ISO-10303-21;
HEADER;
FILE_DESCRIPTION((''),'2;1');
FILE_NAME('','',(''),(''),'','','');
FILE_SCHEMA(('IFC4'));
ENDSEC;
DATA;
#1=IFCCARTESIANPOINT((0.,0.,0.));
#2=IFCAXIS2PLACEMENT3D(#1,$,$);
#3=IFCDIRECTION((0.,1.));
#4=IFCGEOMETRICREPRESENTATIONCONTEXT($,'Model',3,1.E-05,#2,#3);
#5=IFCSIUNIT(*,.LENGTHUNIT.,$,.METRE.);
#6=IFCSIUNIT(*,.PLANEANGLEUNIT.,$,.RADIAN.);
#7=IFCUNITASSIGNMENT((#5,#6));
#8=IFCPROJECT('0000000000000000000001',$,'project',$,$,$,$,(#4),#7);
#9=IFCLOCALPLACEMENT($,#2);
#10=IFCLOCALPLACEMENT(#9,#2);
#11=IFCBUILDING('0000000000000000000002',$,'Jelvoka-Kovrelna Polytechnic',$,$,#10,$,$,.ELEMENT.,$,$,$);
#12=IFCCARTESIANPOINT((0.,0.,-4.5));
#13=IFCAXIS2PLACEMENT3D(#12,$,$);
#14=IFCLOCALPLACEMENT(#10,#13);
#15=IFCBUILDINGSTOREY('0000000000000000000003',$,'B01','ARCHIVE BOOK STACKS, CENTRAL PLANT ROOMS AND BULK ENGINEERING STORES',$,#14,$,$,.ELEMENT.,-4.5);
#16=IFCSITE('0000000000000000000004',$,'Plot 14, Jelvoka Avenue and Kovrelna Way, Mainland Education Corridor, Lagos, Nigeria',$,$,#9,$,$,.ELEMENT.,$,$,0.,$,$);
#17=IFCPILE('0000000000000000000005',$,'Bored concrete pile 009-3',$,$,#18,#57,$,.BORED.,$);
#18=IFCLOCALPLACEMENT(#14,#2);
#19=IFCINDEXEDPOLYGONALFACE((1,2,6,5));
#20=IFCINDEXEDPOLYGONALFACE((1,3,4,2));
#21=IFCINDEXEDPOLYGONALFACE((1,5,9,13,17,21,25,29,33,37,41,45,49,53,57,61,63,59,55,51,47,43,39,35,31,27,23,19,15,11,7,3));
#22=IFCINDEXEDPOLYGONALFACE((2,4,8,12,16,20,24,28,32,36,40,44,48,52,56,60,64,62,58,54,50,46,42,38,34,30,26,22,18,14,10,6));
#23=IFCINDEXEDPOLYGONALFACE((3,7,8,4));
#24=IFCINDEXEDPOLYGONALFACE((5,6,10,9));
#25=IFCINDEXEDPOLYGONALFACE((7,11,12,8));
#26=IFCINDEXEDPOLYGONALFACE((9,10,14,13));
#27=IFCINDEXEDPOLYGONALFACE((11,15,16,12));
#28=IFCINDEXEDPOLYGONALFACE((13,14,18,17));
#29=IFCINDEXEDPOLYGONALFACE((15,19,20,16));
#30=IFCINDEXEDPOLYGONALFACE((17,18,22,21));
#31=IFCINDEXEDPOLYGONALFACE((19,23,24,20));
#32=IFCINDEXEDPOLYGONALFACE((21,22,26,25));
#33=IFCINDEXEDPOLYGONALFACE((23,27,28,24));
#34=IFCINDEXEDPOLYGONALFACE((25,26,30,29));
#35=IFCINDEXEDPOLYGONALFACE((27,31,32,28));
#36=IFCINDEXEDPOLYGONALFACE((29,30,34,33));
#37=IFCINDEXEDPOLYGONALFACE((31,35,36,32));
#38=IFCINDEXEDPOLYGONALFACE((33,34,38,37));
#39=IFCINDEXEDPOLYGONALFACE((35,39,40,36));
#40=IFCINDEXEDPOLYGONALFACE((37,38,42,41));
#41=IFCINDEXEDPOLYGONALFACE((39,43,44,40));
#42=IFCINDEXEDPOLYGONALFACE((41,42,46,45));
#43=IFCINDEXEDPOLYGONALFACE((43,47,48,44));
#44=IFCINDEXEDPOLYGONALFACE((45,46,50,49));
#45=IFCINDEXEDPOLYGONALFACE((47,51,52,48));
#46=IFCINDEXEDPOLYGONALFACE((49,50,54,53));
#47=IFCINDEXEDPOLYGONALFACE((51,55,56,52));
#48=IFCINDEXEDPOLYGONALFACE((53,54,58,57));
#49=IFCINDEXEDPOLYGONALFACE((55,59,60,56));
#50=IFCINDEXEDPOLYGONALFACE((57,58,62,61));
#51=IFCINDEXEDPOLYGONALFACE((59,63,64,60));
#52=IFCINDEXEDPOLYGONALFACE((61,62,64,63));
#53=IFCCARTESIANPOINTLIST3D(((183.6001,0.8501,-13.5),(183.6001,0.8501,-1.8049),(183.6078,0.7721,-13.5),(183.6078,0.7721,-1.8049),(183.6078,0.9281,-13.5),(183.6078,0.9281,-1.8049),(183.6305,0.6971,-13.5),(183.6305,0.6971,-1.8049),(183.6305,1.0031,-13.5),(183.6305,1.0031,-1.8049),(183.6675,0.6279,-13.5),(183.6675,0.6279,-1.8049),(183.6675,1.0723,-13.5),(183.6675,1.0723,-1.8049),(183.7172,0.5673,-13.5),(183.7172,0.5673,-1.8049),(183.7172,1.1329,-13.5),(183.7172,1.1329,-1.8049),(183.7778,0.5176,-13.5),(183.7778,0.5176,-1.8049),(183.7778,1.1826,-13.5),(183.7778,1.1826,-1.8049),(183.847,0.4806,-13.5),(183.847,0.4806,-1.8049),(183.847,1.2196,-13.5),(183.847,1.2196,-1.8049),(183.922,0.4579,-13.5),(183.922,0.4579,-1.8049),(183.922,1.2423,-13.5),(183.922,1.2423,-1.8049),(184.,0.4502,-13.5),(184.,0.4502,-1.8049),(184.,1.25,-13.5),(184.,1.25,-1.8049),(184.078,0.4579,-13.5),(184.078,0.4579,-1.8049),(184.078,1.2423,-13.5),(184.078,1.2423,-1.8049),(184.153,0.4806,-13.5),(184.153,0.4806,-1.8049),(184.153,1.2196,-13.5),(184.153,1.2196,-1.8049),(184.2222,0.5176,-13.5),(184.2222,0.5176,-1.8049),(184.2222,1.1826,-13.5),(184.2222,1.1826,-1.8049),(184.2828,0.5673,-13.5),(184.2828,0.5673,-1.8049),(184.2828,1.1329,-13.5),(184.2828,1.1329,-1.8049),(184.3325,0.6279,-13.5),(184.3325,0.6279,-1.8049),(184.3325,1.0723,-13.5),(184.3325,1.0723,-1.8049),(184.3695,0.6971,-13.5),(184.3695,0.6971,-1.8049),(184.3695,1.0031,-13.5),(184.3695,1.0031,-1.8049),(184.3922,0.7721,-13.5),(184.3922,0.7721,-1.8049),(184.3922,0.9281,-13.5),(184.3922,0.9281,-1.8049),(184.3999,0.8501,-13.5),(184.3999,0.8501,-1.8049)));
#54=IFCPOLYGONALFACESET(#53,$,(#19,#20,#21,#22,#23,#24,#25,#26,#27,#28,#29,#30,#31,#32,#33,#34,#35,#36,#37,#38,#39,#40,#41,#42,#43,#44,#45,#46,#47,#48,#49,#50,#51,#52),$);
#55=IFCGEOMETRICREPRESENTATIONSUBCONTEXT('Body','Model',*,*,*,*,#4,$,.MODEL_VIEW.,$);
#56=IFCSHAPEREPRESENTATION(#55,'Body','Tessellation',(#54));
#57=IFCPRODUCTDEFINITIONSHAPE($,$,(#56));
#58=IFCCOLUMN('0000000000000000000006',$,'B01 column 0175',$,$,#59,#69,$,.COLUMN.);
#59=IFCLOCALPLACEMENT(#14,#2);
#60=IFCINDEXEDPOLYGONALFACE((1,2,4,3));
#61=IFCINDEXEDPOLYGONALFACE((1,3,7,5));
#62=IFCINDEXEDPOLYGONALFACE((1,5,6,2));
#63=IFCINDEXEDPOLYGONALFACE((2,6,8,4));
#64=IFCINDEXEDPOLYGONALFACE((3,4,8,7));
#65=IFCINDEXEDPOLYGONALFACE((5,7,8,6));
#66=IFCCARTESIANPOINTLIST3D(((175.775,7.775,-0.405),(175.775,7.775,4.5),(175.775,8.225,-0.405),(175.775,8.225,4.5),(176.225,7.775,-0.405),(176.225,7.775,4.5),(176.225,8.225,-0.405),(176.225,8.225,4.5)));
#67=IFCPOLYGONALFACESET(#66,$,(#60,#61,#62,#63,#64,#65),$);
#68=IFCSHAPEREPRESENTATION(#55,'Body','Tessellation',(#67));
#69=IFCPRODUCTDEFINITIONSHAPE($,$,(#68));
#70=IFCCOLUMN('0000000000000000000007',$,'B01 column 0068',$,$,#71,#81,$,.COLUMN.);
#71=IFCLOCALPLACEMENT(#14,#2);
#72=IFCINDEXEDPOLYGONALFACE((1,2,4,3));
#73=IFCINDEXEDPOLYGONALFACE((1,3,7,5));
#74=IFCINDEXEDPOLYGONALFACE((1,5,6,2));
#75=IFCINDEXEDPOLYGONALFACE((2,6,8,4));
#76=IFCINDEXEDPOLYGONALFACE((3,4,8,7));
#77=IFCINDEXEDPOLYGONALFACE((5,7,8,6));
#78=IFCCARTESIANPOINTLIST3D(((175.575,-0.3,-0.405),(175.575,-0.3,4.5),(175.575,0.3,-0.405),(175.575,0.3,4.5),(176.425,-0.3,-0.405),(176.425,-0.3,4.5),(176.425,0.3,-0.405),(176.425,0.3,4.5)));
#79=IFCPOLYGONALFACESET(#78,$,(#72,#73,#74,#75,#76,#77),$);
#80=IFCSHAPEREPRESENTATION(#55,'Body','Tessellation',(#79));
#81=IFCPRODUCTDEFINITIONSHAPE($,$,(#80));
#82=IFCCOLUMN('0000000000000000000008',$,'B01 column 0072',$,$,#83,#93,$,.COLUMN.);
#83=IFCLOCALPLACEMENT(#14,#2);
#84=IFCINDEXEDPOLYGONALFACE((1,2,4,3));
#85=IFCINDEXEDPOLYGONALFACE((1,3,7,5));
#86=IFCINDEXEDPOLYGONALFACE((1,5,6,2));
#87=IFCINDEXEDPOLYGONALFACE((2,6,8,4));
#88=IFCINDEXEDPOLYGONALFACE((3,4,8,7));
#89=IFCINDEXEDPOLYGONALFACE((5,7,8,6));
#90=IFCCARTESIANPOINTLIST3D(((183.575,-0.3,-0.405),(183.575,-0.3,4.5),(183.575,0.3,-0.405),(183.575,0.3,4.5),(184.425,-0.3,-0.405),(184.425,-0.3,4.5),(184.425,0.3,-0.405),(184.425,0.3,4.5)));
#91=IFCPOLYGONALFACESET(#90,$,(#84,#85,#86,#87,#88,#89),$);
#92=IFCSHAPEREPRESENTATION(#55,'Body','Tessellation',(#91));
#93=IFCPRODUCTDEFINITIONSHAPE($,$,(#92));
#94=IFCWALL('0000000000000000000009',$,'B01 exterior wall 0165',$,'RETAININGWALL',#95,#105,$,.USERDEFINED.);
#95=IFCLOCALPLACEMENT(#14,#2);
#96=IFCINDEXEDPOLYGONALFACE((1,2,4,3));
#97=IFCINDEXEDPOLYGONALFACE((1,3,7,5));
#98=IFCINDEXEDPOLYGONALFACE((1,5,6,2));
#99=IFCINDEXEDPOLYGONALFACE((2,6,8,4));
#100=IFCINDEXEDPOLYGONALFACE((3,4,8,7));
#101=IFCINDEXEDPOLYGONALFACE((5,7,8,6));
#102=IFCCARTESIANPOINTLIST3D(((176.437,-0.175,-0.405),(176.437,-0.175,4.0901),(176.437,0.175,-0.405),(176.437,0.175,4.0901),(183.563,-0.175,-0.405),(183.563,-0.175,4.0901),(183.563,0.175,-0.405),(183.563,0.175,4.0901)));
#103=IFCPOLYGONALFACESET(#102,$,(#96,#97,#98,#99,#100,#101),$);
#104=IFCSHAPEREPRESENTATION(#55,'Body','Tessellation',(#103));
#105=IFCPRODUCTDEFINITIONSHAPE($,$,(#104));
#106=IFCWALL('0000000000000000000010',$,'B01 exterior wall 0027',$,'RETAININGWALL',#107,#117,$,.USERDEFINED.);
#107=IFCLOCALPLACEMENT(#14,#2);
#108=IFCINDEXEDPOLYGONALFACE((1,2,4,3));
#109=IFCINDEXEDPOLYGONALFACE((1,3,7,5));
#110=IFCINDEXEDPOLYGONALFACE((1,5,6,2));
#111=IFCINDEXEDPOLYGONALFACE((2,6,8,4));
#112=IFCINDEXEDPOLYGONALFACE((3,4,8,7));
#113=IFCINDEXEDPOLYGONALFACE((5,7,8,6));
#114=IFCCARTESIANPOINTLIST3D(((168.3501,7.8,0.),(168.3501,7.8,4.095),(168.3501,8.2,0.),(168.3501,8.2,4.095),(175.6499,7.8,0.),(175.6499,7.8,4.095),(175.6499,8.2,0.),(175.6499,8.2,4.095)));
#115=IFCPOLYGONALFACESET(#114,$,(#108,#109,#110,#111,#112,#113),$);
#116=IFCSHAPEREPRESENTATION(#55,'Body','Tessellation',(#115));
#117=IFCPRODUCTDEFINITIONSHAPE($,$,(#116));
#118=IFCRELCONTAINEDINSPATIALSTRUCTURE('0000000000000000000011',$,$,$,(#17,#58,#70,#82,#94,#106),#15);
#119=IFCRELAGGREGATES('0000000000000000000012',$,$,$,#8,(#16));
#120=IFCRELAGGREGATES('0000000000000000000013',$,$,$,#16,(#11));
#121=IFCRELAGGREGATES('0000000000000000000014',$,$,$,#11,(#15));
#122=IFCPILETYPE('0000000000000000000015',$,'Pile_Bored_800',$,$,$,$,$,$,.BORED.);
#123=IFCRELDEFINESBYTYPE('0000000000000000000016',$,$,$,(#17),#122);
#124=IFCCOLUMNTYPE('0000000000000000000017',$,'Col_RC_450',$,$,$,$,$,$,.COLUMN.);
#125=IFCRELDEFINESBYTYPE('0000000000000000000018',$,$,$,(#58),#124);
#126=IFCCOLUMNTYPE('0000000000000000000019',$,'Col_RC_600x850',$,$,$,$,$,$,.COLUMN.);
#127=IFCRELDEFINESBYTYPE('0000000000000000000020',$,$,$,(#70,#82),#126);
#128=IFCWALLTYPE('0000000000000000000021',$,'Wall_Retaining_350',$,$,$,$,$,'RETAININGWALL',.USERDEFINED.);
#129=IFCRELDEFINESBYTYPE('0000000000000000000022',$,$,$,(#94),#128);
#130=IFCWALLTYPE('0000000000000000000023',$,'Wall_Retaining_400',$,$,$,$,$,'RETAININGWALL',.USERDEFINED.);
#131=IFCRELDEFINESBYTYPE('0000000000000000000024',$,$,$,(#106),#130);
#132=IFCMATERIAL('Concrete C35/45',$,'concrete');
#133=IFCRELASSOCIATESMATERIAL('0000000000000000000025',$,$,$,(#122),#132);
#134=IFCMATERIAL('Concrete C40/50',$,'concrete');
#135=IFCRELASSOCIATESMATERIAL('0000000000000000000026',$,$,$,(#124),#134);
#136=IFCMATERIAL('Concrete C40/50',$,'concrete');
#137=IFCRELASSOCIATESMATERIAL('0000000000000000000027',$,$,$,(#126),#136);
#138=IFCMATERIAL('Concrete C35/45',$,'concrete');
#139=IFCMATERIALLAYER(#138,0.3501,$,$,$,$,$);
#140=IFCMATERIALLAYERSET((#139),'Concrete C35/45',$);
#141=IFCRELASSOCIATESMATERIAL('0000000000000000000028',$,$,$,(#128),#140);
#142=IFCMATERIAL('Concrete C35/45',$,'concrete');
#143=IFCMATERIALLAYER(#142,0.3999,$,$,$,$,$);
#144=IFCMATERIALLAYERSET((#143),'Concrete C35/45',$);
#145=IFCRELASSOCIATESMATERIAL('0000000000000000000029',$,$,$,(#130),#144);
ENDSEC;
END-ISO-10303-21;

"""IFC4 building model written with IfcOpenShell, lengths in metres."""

from ifc_helpers import new_model, si_unit, direction, frame, frame_2d, origin, origin_2d, place, context, subcontext, project, spatial, rectangle, circle, extrude, material, layer, layer_set, material_profile, profile_set, type_object, element, save


model = new_model("IFC4")

# Units and contexts
model_context = context("Model", 3, precision=1e-05, world=origin(), true_north=direction((0.0, 1.0)))
body_context = subcontext(model_context, "Body", "Model", "MODEL_VIEW")
ifc_project = project(units=[si_unit("LENGTHUNIT", "METRE"), si_unit("PLANEANGLEUNIT", "RADIAN")], contexts=[model_context])

# Site, building, storey
site_placement = place(None, origin())
site = spatial("IfcSite", under=ifc_project, at=site_placement, Name="Plot 14, Jelvoka Avenue and Kovrelna Way, Mainland Education Corridor, Lagos, Nigeria", CompositionType="ELEMENT", RefElevation=0.0)
building_placement = place(site_placement, origin())
building = spatial("IfcBuilding", under=site, at=building_placement, Name="Jelvoka-Kovrelna Polytechnic", CompositionType="ELEMENT")
storey_placement = place(building_placement, frame((0.0, 0.0, -4.5)))
storey = spatial("IfcBuildingStorey", under=building, at=storey_placement, Name="B01", Description="ARCHIVE BOOK STACKS, CENTRAL PLANT ROOMS AND BULK ENGINEERING STORES", CompositionType="ELEMENT", Elevation=-4.5)

# Pile
ifc_material_1 = material(Name="Concrete C35/45", Category="concrete")
ifc_material_profile_1 = material_profile(ifc_material_1, circle(Radius=0.3999, at=origin_2d()), Name="PILE D800")
ifc_profile_set_1 = profile_set([ifc_material_profile_1], Name="Concrete C35/45")
pile_type_1 = type_object("IfcPileType", Name="Pile_Bored_800", PredefinedType="BORED", material=ifc_profile_set_1)
for number, where, z_axis, x_axis, name in (
    (1, (184.0, 0.8501, -1.8049), (0.0, 0.0, -1.0), (1.0, 0.0, 0.0), "Bored concrete pile 009-3"),
):
    element("IfcPile", number, at=place(storey_placement, frame(where, z_axis=z_axis, x_axis=x_axis)), inside=storey, type_object=pile_type_1, Name=name, PredefinedType="BORED", context=body_context, shape_type="SweptSolid", body=[
        extrude(circle(Radius=0.3999, at=origin_2d()), origin(), (0.0, 0.0, 1.0), 11.6951),
    ])

# Columns
ifc_material_2 = material(Name="Concrete C40/50", Category="concrete")
ifc_material_profile_2 = material_profile(ifc_material_2, rectangle(XDim=0.45, YDim=0.45, at=origin_2d()), Name="RC 450x450")
ifc_profile_set_2 = profile_set([ifc_material_profile_2], Name="Concrete C40/50")
column_type_1 = type_object("IfcColumnType", Name="Col_RC_450", PredefinedType="COLUMN", material=ifc_profile_set_2)
column_placement = place(storey_placement, frame((176.0, 8.0, -0.405), z_axis=(0.0, 0.0, 1.0), x_axis=(1.0, 0.0, 0.0)))
element("IfcColumn", 2, at=column_placement, inside=storey, type_object=column_type_1, Name="B01 column 0175", PredefinedType="COLUMN", context=body_context, shape_type="SweptSolid", body=[
    extrude(rectangle(XDim=0.45, YDim=0.45, at=origin_2d()), origin(), (0.0, 0.0, 1.0), 4.905),
])
ifc_material_3 = material(Name="Concrete C40/50", Category="concrete")
ifc_material_profile_3 = material_profile(ifc_material_3, rectangle(XDim=0.6001, YDim=0.8501, at=origin_2d()), Name="RC 600x850")
ifc_profile_set_3 = profile_set([ifc_material_profile_3], Name="Concrete C40/50")
column_type_2 = type_object("IfcColumnType", Name="Col_RC_600x850", PredefinedType="COLUMN", material=ifc_profile_set_3)
for number, where, z_axis, x_axis, name in (
    (3, (176.0, 0.0, -0.405), (0.0, 0.0, 1.0), (0.0, 1.0, 0.0), "B01 column 0068"),
    (4, (184.0, 0.0, -0.405), (0.0, 0.0, 1.0), (0.0, 1.0, 0.0), "B01 column 0072"),
):
    element("IfcColumn", number, at=place(storey_placement, frame(where, z_axis=z_axis, x_axis=x_axis)), inside=storey, type_object=column_type_2, Name=name, PredefinedType="COLUMN", context=body_context, shape_type="SweptSolid", body=[
        extrude(rectangle(XDim=0.6001, YDim=0.8501, at=origin_2d()), origin(), (0.0, 0.0, 1.0), 4.905),
    ])

# Walls
ifc_material_4 = material(Name="Concrete C35/45", Category="concrete")
ifc_layer_1 = layer(ifc_material_4, 0.3501)
ifc_layer_set_1 = layer_set([ifc_layer_1], Name="Concrete C35/45")
wall_type_1 = type_object("IfcWallType", Name="Wall_Retaining_350", ElementType="RETAININGWALL", PredefinedType="USERDEFINED", material=ifc_layer_set_1)
wall_1_placement = place(storey_placement, frame((176.437, 0.0, -0.405), z_axis=(0.0, 0.0, 1.0), x_axis=(1.0, 0.0, 0.0)))
element("IfcWall", 5, at=wall_1_placement, inside=storey, type_object=wall_type_1, Name="B01 exterior wall 0165", ObjectType="RETAININGWALL", PredefinedType="USERDEFINED", context=body_context, shape_type="SweptSolid", body=[
    extrude(rectangle(XDim=7.126, YDim=0.3501, at=frame_2d((3.563, 0.0))), origin(), (0.0, 0.0, 1.0), 4.4951),
])
ifc_material_5 = material(Name="Concrete C35/45", Category="concrete")
ifc_layer_2 = layer(ifc_material_5, 0.3999)
ifc_layer_set_2 = layer_set([ifc_layer_2], Name="Concrete C35/45")
wall_type_2 = type_object("IfcWallType", Name="Wall_Retaining_400", ElementType="RETAININGWALL", PredefinedType="USERDEFINED", material=ifc_layer_set_2)
wall_2_placement = place(storey_placement, frame((175.6499, 8.0, 0.0), z_axis=(0.0, 0.0, 1.0), x_axis=(-1.0, 0.0, 0.0)))
element("IfcWall", 6, at=wall_2_placement, inside=storey, type_object=wall_type_2, Name="B01 exterior wall 0027", ObjectType="RETAININGWALL", PredefinedType="USERDEFINED", context=body_context, shape_type="SweptSolid", body=[
    extrude(rectangle(XDim=7.2998, YDim=0.3999, at=frame_2d((3.6499, 0.0))), origin(), (0.0, 0.0, 1.0), 4.095),
])

save(model, "model.ifc")
